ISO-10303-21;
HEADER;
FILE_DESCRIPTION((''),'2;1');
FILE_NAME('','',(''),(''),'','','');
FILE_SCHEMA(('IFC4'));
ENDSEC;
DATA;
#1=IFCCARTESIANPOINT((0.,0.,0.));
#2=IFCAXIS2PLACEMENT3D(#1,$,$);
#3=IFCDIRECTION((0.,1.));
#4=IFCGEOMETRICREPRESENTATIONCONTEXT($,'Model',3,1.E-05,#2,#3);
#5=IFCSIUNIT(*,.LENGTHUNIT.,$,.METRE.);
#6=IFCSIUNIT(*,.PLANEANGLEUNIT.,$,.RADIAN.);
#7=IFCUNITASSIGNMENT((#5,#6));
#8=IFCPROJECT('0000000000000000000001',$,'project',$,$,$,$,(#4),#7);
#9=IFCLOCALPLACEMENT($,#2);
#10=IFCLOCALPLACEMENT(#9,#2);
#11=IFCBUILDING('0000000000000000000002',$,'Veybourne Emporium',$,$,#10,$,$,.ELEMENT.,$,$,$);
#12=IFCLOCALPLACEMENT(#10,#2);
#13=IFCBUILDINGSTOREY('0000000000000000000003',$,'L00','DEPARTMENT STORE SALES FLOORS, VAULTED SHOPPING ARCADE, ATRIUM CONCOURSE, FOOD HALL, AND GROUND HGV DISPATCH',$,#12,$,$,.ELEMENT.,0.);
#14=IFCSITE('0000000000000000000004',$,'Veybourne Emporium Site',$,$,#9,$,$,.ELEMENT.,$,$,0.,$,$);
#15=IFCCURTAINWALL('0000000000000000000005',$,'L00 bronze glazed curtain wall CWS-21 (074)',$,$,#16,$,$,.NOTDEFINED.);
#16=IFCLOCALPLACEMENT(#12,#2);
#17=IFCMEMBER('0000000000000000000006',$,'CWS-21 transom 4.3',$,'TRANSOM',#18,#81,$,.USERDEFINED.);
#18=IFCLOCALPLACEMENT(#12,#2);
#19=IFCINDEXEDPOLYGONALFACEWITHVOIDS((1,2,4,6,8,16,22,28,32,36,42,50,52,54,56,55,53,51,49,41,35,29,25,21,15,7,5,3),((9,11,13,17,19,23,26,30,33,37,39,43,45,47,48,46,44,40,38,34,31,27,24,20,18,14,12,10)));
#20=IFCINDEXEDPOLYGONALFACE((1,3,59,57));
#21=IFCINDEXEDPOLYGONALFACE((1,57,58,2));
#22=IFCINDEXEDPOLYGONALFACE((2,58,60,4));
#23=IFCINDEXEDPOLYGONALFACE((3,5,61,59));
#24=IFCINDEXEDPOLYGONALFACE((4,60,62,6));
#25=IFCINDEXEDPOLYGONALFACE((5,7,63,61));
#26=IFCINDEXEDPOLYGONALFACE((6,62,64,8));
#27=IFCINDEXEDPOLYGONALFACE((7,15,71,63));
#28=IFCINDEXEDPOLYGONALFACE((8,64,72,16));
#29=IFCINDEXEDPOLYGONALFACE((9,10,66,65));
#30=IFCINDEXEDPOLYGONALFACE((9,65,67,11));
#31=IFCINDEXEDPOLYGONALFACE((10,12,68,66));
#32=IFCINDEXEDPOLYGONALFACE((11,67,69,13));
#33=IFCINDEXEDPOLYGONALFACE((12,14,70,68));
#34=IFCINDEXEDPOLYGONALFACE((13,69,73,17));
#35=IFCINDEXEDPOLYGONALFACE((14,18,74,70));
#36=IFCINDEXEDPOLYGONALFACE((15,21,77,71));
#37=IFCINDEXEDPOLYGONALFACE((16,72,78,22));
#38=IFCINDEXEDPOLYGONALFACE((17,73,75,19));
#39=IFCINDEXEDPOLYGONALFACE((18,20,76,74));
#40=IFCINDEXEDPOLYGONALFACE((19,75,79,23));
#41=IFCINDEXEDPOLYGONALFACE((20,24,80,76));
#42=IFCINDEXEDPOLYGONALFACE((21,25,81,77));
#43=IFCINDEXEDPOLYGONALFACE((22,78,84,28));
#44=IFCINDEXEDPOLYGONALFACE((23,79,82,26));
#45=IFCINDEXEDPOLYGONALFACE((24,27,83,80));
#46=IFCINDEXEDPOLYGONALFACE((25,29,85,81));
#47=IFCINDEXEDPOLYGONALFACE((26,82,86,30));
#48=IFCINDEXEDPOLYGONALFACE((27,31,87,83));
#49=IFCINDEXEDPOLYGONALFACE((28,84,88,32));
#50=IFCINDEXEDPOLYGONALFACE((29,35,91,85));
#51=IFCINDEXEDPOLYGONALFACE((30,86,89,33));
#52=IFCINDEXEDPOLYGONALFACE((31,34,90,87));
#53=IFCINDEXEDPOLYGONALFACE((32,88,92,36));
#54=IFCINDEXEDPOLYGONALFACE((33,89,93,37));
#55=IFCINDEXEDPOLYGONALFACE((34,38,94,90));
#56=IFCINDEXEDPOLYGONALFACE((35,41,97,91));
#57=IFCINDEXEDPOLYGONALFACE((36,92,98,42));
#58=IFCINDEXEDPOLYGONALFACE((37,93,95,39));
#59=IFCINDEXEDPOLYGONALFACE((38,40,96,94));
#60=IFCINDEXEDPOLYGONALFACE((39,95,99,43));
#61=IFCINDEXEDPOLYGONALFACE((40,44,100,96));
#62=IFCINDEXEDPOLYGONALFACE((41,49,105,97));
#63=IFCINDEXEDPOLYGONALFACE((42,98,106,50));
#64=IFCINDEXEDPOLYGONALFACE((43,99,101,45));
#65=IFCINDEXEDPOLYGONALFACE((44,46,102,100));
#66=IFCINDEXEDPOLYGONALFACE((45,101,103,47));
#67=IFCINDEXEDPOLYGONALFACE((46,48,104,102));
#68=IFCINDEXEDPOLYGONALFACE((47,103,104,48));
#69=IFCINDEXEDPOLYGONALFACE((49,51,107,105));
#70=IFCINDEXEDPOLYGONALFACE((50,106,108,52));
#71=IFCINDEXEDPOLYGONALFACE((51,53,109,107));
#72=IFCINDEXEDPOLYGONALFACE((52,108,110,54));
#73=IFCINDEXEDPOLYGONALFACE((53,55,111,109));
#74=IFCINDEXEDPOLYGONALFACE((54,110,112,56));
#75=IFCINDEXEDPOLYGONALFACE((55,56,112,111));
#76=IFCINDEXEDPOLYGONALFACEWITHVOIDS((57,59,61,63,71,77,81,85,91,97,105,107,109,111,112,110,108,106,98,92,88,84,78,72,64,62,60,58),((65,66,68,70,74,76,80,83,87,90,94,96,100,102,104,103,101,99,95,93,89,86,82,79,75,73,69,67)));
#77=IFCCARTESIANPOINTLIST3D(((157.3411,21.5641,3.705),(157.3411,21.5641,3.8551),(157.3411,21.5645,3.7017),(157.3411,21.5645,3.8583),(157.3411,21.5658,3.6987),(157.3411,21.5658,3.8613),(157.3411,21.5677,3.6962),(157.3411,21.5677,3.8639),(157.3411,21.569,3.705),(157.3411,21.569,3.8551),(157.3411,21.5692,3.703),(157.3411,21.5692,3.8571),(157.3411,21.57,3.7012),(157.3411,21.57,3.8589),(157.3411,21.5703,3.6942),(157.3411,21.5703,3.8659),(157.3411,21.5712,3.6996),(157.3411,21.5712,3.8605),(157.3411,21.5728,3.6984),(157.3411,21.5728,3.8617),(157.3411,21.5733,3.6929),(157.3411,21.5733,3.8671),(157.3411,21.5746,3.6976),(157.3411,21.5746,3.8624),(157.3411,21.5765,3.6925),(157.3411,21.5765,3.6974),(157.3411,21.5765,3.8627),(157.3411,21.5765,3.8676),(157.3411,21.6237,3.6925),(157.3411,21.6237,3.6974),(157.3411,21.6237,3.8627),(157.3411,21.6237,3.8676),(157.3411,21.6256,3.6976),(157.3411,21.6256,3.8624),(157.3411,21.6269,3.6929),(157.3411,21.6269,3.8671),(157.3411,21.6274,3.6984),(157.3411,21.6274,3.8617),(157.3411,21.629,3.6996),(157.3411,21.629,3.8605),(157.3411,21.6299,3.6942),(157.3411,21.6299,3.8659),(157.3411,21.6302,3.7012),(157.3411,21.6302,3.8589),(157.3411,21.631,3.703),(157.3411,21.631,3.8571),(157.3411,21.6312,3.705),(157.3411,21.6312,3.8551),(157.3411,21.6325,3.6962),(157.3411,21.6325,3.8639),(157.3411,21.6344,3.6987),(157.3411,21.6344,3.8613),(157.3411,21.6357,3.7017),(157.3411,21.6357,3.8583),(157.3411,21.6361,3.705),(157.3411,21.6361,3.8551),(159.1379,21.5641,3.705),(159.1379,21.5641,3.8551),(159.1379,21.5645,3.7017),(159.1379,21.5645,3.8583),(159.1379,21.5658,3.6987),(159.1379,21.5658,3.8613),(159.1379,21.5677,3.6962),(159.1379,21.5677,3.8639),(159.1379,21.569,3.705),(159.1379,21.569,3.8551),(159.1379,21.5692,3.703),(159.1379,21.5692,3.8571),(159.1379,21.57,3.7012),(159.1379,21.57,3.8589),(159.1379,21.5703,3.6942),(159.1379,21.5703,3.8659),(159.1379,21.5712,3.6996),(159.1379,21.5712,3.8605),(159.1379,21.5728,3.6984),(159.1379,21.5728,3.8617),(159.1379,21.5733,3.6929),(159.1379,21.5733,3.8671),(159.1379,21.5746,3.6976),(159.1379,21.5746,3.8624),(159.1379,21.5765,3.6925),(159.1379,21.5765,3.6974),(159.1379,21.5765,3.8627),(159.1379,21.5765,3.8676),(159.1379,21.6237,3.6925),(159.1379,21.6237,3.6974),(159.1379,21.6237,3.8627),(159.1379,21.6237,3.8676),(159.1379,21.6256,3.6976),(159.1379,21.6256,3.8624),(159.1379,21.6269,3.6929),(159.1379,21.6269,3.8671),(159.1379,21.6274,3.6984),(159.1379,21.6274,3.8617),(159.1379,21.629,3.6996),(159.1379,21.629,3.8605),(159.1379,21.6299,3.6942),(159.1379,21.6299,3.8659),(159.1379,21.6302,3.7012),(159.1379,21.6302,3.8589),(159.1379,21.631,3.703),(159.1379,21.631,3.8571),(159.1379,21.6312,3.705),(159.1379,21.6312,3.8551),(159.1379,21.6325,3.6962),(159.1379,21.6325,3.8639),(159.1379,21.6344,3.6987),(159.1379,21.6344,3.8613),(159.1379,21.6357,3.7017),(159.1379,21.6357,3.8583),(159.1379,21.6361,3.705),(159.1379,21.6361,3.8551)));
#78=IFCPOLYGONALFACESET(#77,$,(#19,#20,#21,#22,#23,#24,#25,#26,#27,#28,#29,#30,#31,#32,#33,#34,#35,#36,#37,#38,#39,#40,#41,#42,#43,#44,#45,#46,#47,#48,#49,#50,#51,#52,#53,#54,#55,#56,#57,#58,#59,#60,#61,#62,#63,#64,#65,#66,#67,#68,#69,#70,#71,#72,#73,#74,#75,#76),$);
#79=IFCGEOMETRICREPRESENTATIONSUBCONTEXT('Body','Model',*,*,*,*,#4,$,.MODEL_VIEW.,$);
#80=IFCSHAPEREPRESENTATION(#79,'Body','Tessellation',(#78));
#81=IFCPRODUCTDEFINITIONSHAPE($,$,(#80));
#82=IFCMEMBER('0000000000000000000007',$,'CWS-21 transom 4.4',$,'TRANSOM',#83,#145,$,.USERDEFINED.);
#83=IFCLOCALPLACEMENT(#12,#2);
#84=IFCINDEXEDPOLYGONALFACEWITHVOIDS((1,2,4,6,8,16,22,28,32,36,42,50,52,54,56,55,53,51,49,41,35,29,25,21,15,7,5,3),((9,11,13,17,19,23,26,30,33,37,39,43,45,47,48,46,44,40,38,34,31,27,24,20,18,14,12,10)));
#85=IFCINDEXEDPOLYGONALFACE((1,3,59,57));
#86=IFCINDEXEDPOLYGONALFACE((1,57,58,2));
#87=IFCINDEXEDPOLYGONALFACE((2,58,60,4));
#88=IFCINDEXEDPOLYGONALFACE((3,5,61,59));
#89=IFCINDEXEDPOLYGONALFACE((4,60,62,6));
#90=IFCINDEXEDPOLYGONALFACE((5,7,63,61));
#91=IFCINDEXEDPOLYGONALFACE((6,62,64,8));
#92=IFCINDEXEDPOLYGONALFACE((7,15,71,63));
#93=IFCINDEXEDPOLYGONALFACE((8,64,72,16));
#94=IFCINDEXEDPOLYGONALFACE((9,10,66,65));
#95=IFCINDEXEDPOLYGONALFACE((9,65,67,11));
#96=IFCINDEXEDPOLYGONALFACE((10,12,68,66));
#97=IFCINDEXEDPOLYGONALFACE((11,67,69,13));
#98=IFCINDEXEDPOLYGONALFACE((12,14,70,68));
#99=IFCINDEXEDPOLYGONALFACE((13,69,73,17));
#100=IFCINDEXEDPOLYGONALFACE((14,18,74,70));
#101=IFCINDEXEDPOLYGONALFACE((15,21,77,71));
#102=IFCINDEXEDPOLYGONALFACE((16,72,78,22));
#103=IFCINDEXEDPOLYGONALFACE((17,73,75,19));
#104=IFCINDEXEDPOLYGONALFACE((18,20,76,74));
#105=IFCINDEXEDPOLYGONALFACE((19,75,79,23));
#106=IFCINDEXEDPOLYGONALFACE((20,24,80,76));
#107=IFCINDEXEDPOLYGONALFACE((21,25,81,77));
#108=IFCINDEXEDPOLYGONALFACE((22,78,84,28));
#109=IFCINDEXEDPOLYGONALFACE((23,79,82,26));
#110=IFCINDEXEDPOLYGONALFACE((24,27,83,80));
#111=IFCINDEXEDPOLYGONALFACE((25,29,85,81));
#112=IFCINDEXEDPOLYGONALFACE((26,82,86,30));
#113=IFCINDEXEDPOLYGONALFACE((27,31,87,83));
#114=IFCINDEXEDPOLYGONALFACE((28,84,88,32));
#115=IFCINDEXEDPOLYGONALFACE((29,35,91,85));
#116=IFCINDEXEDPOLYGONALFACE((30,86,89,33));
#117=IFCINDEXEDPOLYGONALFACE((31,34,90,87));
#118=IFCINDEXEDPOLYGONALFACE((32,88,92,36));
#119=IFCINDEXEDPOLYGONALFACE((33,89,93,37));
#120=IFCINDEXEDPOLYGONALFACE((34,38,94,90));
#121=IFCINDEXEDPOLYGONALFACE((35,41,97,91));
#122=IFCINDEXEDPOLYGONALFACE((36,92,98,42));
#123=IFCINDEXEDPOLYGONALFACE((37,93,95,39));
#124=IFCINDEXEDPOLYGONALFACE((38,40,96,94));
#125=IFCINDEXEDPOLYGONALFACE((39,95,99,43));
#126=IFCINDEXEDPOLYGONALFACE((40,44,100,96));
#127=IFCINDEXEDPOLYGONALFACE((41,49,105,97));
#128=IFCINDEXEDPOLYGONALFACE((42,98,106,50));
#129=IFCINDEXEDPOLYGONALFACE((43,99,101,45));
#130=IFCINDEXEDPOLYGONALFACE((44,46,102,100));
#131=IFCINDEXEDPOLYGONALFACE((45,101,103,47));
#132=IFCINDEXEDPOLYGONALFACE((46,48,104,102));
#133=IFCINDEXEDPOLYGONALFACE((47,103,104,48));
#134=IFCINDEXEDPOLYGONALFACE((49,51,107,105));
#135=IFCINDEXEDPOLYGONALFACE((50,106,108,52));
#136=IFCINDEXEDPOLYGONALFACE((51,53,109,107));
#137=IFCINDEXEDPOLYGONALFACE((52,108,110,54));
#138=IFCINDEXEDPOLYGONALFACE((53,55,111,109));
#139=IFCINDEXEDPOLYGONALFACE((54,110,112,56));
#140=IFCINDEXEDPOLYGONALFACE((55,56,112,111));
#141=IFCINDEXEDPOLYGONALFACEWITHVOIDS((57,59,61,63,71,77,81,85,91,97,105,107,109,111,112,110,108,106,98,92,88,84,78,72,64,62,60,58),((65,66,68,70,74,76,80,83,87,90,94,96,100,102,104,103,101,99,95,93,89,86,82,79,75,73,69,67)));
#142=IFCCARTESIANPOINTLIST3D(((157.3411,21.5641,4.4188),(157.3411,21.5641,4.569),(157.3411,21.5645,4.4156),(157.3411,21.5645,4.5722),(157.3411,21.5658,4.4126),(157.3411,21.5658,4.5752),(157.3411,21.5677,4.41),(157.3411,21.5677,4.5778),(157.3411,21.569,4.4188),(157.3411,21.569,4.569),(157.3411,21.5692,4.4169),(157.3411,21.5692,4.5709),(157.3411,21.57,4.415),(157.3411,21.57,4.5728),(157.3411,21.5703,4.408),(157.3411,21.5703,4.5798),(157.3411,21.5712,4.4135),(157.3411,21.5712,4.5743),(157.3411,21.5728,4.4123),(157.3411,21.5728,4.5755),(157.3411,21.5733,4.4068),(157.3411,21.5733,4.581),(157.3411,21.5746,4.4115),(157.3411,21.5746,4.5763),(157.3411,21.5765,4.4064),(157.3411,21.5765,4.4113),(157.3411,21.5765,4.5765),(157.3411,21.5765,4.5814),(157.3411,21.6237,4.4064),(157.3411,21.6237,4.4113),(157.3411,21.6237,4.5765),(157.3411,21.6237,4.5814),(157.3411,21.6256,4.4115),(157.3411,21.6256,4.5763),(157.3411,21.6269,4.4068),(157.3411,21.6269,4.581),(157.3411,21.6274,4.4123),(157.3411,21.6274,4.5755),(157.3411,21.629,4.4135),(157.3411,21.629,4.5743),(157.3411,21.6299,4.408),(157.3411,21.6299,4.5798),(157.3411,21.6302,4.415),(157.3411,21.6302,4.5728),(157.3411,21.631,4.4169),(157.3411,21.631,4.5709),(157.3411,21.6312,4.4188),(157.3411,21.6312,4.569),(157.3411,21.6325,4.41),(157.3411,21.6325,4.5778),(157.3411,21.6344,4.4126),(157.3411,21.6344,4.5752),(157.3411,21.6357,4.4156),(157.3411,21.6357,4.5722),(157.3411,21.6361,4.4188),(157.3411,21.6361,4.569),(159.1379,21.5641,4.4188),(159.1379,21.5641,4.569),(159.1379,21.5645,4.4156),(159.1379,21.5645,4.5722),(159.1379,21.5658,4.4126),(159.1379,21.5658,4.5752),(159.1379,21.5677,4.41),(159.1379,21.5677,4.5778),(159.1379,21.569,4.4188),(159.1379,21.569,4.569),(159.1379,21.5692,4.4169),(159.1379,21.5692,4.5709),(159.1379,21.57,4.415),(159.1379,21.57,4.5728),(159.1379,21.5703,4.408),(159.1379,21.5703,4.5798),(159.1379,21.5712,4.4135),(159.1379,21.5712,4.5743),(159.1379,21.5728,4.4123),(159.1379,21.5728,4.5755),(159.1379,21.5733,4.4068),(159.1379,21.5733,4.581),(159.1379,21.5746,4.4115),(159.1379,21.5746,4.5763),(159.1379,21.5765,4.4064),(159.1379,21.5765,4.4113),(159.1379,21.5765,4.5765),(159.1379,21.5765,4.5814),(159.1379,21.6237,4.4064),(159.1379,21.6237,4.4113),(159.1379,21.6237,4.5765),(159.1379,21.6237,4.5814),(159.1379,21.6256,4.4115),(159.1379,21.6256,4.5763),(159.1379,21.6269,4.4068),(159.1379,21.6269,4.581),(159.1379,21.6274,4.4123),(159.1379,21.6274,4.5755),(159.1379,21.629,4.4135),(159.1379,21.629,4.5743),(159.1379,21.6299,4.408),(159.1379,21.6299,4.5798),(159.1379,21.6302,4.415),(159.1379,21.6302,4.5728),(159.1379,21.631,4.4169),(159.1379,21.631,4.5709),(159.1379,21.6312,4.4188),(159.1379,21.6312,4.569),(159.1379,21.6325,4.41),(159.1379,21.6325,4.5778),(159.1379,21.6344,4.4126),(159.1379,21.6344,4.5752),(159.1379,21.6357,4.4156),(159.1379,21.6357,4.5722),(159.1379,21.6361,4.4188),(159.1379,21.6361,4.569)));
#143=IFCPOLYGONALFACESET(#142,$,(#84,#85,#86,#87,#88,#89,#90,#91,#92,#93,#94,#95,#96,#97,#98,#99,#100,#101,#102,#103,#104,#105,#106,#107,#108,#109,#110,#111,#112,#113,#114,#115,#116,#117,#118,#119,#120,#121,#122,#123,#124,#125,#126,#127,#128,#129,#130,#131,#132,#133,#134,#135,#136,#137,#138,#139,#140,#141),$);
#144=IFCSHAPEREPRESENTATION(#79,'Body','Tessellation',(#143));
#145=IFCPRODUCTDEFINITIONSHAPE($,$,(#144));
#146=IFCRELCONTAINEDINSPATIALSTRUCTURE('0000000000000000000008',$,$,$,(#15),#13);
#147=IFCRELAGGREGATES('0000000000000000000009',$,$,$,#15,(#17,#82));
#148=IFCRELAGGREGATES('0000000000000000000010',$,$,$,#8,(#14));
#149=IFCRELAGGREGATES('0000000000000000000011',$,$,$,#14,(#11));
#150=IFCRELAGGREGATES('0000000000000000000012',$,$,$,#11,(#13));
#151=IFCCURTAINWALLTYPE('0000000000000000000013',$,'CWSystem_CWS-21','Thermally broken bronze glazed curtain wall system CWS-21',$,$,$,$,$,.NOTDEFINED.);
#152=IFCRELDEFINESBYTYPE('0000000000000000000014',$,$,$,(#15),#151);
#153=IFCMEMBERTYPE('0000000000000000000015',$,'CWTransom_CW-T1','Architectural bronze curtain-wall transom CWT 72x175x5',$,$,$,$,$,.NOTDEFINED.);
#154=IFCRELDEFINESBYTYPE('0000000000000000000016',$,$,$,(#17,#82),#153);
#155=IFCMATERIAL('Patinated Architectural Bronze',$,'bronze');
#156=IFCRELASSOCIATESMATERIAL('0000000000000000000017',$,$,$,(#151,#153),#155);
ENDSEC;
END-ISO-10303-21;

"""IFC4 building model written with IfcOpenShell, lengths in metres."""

from ifc_helpers import new_model, si_unit, direction, frame, origin, origin_2d, place, context, subcontext, project, spatial, hollow_rectangle, extrude, material, material_profile, profile_set, type_object, element, aggregate, save


model = new_model("IFC4")

# Units and contexts
model_context = context("Model", 3, precision=1e-05, world=origin(), true_north=direction((0.0, 1.0)))
body_context = subcontext(model_context, "Body", "Model", "MODEL_VIEW")
ifc_project = project(units=[si_unit("LENGTHUNIT", "METRE"), si_unit("PLANEANGLEUNIT", "RADIAN")], contexts=[model_context])

# Site, building, storey
site_placement = place(None, origin())
site = spatial("IfcSite", under=ifc_project, at=site_placement, Name="Veybourne Emporium Site", CompositionType="ELEMENT", RefElevation=0.0)
building_placement = place(site_placement, origin())
building = spatial("IfcBuilding", under=site, at=building_placement, Name="Veybourne Emporium", CompositionType="ELEMENT")
storey_placement = place(building_placement, origin())
storey = spatial("IfcBuildingStorey", under=building, at=storey_placement, Name="L00", Description="DEPARTMENT STORE SALES FLOORS, VAULTED SHOPPING ARCADE, ATRIUM CONCOURSE, FOOD HALL, AND GROUND HGV DISPATCH", CompositionType="ELEMENT", Elevation=0.0)

# Curtain wall
ifc_material_1 = material(Name="Patinated Architectural Bronze", Category="bronze")
curtain_wall_type_1 = type_object("IfcCurtainWallType", Name="CWSystem_CWS-21", Description="Thermally broken bronze glazed curtain wall system CWS-21", PredefinedType="NOTDEFINED", material=ifc_material_1)
curtain_wall_1_placement = place(storey_placement, origin())
curtain_wall_1 = element("IfcCurtainWall", 1, at=curtain_wall_1_placement, inside=storey, type_object=curtain_wall_type_1, Name="L00 bronze glazed curtain wall CWS-21 (074)", PredefinedType="NOTDEFINED")

# Members
ifc_material_profile_1 = material_profile(ifc_material_1, hollow_rectangle(XDim=0.072, YDim=0.175, WallThickness=0.0049, InnerFilletRadius=0.0076, OuterFilletRadius=0.0125, at=origin_2d()), Name="CWT 72x175x5")
ifc_profile_set_1 = profile_set([ifc_material_profile_1], Name="Patinated Architectural Bronze")
member_type_1 = type_object("IfcMemberType", Name="CWTransom_CW-T1", Description="Architectural bronze curtain-wall transom CWT 72x175x5", PredefinedType="NOTDEFINED", material=ifc_profile_set_1)
member_1_placement = place(storey_placement, frame((157.3411, 21.6001, 3.78), z_axis=(1.0, 0.0, 0.0), x_axis=(0.0, 1.0, 0.0)))
member_1 = element("IfcMember", 2, at=member_1_placement, type_object=member_type_1, Name="CWS-21 transom 4.3", ObjectType="TRANSOM", PredefinedType="USERDEFINED", context=body_context, shape_type="SweptSolid", body=[
    extrude(hollow_rectangle(XDim=0.072, YDim=0.175, WallThickness=0.0049, InnerFilletRadius=0.0076, OuterFilletRadius=0.0125, at=origin_2d()), origin(), (0.0, 0.0, 1.0), 1.7969),
])
member_2_placement = place(storey_placement, frame((157.3411, 21.6001, 4.4939), z_axis=(1.0, 0.0, 0.0), x_axis=(0.0, 1.0, 0.0)))
member_2 = element("IfcMember", 3, at=member_2_placement, type_object=member_type_1, Name="CWS-21 transom 4.4", ObjectType="TRANSOM", PredefinedType="USERDEFINED", context=body_context, shape_type="SweptSolid", body=[
    extrude(hollow_rectangle(XDim=0.072, YDim=0.175, WallThickness=0.0049, InnerFilletRadius=0.0076, OuterFilletRadius=0.0125, at=origin_2d()), origin(), (0.0, 0.0, 1.0), 1.7969),
])

aggregate(curtain_wall_1, [member_1, member_2])

save(model, "model.ifc")
